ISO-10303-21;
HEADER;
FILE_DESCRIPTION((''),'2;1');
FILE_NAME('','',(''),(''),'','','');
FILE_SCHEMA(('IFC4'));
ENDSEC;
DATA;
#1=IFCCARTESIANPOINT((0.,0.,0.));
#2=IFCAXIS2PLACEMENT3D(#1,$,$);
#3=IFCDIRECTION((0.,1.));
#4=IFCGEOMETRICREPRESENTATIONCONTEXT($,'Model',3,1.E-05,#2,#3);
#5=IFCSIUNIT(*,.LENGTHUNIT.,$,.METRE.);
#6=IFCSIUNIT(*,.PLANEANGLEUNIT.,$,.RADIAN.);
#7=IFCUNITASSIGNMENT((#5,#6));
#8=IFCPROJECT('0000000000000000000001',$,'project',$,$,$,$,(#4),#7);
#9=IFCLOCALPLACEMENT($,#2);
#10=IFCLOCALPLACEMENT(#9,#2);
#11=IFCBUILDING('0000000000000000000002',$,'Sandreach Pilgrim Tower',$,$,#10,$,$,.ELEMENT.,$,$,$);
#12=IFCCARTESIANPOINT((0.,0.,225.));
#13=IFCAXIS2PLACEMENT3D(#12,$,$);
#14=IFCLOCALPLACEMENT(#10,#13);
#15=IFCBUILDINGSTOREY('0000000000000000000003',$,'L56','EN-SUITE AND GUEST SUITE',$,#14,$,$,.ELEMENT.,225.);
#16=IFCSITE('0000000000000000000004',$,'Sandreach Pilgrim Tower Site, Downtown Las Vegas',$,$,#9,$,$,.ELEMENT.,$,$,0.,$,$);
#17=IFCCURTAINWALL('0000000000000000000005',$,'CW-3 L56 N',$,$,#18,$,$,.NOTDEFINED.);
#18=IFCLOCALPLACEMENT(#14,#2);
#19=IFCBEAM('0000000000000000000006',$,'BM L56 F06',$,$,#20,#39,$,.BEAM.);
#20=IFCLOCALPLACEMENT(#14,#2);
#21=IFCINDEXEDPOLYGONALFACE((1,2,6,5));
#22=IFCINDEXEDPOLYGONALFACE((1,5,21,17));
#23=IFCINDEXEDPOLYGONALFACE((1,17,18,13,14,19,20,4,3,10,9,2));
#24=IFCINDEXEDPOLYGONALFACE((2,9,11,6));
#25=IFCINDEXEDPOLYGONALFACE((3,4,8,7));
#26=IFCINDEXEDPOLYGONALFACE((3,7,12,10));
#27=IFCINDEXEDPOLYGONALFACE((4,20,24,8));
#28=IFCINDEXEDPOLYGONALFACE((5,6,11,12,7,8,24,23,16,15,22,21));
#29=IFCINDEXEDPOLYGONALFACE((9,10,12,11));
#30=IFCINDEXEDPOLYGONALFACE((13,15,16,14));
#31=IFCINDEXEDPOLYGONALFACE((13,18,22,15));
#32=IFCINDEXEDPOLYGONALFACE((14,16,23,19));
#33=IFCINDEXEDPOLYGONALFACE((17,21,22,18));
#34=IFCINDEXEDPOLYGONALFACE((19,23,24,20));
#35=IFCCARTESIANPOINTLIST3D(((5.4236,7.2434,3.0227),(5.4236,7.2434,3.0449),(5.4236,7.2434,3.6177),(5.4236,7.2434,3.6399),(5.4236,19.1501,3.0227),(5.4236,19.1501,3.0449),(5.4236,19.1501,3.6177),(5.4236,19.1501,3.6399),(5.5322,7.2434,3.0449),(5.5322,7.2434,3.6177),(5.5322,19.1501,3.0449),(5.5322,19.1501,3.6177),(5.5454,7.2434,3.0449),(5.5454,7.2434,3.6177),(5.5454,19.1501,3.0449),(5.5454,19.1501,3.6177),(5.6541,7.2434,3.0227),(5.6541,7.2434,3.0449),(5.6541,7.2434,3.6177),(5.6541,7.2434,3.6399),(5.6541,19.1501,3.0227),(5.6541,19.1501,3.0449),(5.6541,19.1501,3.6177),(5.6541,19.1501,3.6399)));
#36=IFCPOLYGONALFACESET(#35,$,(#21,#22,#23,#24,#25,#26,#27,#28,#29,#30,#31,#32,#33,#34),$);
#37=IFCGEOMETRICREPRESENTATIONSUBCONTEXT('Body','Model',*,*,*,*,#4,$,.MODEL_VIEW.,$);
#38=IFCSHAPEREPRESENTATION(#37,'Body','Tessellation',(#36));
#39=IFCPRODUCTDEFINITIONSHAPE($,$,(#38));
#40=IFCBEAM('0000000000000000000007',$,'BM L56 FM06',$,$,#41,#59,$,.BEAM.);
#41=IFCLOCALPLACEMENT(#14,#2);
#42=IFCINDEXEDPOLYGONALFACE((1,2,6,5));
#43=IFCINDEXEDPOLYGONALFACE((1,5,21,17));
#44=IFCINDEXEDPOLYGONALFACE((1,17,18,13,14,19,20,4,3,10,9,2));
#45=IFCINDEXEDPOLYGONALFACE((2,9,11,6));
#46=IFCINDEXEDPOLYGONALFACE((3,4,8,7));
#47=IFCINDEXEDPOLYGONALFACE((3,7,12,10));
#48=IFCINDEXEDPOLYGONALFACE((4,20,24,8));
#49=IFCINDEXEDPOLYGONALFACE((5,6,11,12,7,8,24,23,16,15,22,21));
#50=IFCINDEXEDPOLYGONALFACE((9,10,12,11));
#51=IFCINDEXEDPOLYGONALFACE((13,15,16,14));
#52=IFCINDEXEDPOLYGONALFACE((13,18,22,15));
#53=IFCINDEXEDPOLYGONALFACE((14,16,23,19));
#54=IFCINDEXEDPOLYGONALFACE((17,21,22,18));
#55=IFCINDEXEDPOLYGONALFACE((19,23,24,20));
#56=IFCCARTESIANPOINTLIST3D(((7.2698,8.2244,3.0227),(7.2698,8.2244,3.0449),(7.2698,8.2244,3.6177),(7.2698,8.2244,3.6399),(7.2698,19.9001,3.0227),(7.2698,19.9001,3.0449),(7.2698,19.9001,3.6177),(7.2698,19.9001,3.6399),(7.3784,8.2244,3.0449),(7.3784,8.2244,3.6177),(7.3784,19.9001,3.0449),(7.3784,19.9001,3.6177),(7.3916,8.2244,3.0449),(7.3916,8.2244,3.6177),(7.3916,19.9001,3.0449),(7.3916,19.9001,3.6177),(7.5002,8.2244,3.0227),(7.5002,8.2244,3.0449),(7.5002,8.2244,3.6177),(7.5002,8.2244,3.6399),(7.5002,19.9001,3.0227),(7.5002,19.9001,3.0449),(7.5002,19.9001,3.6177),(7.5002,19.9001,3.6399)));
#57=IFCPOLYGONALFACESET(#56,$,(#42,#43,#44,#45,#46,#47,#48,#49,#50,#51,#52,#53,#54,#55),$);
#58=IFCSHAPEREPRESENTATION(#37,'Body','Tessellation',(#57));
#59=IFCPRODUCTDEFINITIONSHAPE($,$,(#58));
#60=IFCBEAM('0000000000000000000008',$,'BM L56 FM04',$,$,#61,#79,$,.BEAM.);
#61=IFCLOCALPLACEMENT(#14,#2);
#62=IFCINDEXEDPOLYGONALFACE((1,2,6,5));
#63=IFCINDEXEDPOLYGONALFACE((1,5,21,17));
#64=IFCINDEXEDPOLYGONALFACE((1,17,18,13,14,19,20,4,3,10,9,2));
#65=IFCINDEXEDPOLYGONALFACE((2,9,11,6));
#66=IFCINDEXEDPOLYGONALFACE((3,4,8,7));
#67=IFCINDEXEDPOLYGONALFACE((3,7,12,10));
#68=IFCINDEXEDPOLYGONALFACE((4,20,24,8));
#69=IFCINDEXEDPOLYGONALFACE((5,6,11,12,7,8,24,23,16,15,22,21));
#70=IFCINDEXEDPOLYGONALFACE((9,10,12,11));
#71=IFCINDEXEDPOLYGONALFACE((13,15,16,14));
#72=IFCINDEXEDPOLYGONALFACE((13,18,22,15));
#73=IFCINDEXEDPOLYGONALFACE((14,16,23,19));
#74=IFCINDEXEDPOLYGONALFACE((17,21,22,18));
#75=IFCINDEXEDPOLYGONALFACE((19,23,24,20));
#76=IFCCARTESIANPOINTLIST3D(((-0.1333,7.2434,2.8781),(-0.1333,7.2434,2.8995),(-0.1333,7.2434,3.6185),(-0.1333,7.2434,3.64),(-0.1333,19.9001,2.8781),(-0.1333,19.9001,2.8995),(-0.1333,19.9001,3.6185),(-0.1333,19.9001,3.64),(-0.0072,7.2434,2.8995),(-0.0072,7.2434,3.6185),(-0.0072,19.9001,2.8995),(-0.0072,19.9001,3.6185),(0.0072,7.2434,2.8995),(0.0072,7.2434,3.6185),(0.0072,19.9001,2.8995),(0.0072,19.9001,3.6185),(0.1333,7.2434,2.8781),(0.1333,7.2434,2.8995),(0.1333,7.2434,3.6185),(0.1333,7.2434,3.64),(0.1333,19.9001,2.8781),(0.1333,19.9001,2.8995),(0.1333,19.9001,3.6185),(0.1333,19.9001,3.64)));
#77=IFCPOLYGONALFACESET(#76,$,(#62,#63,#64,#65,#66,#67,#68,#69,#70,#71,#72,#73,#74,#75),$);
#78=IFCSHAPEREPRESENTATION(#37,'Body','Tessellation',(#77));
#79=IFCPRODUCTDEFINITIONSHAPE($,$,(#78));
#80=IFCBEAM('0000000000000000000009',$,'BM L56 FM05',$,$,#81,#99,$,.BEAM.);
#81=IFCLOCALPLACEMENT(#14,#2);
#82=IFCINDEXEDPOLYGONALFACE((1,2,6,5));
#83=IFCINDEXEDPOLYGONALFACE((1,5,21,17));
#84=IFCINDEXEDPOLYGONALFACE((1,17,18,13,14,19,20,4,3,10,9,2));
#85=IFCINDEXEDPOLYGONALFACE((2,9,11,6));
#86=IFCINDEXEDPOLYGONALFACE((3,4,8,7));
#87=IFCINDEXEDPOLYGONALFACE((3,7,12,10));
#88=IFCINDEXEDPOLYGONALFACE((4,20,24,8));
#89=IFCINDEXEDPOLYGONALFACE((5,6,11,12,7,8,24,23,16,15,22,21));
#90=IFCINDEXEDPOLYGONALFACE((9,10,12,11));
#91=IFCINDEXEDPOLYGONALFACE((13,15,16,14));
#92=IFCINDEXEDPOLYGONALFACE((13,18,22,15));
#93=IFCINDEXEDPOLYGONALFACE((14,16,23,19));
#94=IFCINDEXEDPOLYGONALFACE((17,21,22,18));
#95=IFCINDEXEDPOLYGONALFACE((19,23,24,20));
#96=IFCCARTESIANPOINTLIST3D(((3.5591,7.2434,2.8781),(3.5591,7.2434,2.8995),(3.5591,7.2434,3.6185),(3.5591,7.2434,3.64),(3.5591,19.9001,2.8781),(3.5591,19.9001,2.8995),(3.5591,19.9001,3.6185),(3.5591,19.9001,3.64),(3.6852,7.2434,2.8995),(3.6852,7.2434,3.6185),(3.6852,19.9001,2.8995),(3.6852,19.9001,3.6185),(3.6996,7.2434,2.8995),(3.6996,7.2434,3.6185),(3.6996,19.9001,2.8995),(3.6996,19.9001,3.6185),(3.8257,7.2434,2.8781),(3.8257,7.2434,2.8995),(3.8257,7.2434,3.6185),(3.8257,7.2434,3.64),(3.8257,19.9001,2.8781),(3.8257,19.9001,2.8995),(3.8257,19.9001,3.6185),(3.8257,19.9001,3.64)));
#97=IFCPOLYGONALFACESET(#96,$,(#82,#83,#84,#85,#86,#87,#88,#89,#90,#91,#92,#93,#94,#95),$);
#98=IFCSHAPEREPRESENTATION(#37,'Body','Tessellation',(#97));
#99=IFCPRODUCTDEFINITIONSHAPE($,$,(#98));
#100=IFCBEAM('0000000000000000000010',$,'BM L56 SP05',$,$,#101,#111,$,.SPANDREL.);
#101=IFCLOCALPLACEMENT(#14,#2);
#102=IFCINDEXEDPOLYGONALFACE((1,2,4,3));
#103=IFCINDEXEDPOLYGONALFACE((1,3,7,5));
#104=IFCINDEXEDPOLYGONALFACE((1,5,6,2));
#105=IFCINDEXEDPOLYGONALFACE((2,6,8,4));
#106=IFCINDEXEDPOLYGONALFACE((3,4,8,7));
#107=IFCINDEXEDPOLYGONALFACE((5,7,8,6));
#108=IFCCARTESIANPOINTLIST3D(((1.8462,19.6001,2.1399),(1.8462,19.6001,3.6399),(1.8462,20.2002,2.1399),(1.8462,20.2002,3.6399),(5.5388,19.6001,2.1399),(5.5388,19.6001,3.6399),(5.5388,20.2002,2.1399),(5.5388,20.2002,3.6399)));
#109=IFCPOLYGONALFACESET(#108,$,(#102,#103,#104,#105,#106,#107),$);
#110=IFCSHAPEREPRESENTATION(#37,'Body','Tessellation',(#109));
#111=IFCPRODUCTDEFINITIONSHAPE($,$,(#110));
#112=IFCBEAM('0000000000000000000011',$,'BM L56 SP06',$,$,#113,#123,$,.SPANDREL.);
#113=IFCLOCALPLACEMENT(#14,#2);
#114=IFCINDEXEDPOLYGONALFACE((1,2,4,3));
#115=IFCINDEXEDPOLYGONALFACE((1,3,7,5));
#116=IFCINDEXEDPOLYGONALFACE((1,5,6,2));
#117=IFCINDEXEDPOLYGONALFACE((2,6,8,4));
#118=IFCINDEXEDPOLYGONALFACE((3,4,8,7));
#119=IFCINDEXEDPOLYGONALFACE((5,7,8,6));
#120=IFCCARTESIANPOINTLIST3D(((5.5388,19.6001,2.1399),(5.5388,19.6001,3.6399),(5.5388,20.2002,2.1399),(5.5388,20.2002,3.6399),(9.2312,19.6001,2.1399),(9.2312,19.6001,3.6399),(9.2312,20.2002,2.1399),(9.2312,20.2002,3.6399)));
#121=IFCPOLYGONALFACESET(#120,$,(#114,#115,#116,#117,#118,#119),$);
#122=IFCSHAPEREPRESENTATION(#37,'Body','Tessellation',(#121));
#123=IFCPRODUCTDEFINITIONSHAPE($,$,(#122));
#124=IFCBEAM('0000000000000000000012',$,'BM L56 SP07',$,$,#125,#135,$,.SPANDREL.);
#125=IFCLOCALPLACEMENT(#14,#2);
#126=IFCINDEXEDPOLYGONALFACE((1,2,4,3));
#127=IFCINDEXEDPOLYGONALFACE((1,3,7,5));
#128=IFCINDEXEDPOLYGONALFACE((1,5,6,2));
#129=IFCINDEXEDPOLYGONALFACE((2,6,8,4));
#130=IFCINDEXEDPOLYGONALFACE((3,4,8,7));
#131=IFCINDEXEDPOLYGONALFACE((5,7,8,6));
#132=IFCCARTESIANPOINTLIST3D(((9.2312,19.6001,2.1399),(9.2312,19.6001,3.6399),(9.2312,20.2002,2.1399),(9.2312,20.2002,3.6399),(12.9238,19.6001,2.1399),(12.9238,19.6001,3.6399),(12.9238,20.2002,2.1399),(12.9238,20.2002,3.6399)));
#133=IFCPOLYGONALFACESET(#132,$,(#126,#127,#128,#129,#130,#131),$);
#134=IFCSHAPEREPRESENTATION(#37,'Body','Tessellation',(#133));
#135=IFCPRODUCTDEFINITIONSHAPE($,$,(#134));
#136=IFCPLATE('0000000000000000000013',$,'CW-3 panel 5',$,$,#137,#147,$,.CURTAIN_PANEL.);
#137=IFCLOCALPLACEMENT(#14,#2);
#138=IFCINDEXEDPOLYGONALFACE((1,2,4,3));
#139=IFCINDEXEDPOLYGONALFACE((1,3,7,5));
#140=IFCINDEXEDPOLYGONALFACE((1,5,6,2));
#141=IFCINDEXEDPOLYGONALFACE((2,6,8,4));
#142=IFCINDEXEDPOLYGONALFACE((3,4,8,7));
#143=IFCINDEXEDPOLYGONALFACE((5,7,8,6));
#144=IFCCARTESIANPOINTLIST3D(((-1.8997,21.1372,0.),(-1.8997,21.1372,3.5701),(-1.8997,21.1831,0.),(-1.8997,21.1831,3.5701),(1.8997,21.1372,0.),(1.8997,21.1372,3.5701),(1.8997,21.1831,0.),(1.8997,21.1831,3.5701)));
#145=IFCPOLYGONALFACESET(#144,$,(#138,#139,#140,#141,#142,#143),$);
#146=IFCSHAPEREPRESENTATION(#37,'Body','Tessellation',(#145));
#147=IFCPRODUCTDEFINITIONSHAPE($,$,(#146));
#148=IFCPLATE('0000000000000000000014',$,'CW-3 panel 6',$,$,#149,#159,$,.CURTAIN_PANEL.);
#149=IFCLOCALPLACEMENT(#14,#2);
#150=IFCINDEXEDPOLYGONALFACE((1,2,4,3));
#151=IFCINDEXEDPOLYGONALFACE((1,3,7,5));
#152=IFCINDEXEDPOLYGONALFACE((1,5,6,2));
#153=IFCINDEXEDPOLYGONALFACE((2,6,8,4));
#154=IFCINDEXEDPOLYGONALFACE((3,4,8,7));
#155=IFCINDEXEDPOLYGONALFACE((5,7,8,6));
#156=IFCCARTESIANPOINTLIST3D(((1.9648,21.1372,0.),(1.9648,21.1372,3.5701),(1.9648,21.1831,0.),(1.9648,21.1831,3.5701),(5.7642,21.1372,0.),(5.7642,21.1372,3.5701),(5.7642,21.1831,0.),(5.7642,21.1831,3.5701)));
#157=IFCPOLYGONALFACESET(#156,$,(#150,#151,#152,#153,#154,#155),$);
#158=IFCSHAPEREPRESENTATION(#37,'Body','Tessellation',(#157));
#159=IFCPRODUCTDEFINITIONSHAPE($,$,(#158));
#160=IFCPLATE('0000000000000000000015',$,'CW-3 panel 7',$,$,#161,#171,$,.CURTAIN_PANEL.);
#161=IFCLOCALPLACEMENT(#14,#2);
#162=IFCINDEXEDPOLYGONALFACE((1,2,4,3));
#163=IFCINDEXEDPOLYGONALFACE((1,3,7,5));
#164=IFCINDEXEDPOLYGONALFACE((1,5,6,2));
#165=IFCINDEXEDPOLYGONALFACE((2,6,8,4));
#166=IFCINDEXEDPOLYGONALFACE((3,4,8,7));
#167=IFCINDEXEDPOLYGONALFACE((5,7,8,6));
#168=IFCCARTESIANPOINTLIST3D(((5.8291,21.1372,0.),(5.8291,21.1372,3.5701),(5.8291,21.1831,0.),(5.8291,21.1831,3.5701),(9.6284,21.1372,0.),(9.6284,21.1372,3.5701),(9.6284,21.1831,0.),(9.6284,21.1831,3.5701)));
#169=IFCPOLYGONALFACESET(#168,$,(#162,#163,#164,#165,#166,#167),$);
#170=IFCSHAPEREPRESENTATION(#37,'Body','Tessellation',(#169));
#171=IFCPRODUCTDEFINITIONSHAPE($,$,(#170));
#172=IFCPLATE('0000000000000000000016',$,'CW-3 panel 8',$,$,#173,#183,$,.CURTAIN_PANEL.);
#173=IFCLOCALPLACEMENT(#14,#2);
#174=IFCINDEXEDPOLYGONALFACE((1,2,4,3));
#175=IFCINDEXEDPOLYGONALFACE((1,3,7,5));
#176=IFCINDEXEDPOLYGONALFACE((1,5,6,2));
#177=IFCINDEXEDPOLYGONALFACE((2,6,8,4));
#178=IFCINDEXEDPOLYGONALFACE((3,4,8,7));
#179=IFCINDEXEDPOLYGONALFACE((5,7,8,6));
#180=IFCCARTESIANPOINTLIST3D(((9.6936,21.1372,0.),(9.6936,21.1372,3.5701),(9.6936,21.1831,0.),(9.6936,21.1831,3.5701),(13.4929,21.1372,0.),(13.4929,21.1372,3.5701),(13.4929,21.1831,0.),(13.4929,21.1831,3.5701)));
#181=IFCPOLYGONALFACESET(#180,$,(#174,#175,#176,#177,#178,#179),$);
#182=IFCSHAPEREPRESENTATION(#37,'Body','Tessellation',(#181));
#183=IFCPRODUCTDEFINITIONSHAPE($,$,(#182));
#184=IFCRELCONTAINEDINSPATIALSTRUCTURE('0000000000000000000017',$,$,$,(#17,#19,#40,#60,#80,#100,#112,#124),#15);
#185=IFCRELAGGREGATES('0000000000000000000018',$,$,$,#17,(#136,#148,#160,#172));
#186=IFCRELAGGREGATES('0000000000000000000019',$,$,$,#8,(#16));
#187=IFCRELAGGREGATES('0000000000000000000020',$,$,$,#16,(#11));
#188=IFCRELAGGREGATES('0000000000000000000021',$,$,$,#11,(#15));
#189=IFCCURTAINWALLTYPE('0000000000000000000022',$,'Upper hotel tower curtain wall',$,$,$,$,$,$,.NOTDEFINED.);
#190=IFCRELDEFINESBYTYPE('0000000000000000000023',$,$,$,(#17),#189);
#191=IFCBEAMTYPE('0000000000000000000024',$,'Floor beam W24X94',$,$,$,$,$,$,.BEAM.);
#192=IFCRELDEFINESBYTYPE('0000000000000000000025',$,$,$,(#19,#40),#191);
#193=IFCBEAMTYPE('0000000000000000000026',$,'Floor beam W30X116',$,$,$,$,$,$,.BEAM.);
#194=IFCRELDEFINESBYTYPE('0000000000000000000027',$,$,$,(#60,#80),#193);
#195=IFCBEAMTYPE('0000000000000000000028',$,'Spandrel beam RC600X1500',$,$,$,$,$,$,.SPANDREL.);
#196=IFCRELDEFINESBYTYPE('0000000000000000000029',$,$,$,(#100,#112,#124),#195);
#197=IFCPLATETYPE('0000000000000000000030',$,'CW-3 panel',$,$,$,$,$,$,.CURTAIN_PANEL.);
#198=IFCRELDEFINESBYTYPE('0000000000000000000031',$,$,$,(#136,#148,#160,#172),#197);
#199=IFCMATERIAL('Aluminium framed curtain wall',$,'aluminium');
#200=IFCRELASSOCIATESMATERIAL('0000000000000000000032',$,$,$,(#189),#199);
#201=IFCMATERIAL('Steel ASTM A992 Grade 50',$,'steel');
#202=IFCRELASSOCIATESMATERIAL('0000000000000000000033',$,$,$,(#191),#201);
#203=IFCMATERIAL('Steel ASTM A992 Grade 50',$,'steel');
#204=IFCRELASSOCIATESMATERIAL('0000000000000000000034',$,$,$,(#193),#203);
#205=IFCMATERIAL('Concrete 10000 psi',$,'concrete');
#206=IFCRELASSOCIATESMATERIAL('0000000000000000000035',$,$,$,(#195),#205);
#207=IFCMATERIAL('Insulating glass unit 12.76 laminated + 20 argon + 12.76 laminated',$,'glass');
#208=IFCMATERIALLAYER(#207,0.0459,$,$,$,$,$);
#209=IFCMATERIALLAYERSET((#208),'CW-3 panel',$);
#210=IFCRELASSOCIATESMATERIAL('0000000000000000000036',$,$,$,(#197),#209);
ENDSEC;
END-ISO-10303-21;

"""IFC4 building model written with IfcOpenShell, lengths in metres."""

from ifc_helpers import new_model, si_unit, direction, frame, origin, origin_2d, place, context, subcontext, project, spatial, rectangle, i_section, extrude, material, layer, layer_set, material_profile, profile_set, type_object, element, aggregate, save


model = new_model("IFC4")

# Units and contexts
model_context = context("Model", 3, precision=1e-05, world=origin(), true_north=direction((0.0, 1.0)))
body_context = subcontext(model_context, "Body", "Model", "MODEL_VIEW")
ifc_project = project(units=[si_unit("LENGTHUNIT", "METRE"), si_unit("PLANEANGLEUNIT", "RADIAN")], contexts=[model_context])

# Site, building, storey
site_placement = place(None, origin())
site = spatial("IfcSite", under=ifc_project, at=site_placement, Name="Sandreach Pilgrim Tower Site, Downtown Las Vegas", CompositionType="ELEMENT", RefElevation=0.0)
building_placement = place(site_placement, origin())
building = spatial("IfcBuilding", under=site, at=building_placement, Name="Sandreach Pilgrim Tower", CompositionType="ELEMENT")
storey_placement = place(building_placement, frame((0.0, 0.0, 225.0)))
storey = spatial("IfcBuildingStorey", under=building, at=storey_placement, Name="L56", Description="EN-SUITE AND GUEST SUITE", CompositionType="ELEMENT", Elevation=225.0)

# Curtain wall
ifc_material_1 = material(Name="Aluminium framed curtain wall", Category="aluminium")
curtain_wall_type = type_object("IfcCurtainWallType", Name="Upper hotel tower curtain wall", PredefinedType="NOTDEFINED", material=ifc_material_1)
curtain_wall_placement = place(storey_placement, origin())
curtain_wall = element("IfcCurtainWall", 1, at=curtain_wall_placement, inside=storey, type_object=curtain_wall_type, Name="CW-3 L56 N", PredefinedType="NOTDEFINED")

# Beams
ifc_material_2 = material(Name="Steel ASTM A992 Grade 50", Category="steel")
ifc_material_profile_1 = material_profile(ifc_material_2, i_section(OverallWidth=0.2305, OverallDepth=0.6172, WebThickness=0.0132, FlangeThickness=0.0222, at=origin_2d()), Name="W24X94")
ifc_profile_set_1 = profile_set([ifc_material_profile_1], Name="Steel ASTM A992 Grade 50")
beam_type_1 = type_object("IfcBeamType", Name="Floor beam W24X94", PredefinedType="BEAM", material=ifc_profile_set_1)
for number, where, z_axis, x_axis, name in (
    (2, (5.5388, 19.1501, 3.3313), (0.0, -1.0, 0.0), (1.0, 0.0, 0.0), "BM L56 F06"),
):
    element("IfcBeam", number, at=place(storey_placement, frame(where, z_axis=z_axis, x_axis=x_axis)), inside=storey, type_object=beam_type_1, Name=name, PredefinedType="BEAM", context=body_context, shape_type="SweptSolid", body=[
        extrude(i_section(OverallWidth=0.2305, OverallDepth=0.6172, WebThickness=0.0132, FlangeThickness=0.0222, at=origin_2d()), origin(), (0.0, 0.0, 1.0), 11.9067),
    ])
beam_1_placement = place(storey_placement, frame((7.385, 19.9001, 3.3313), z_axis=(0.0, -1.0, 0.0), x_axis=(1.0, 0.0, 0.0)))
element("IfcBeam", 3, at=beam_1_placement, inside=storey, type_object=beam_type_1, Name="BM L56 FM06", PredefinedType="BEAM", context=body_context, shape_type="SweptSolid", body=[
    extrude(i_section(OverallWidth=0.2305, OverallDepth=0.6172, WebThickness=0.0132, FlangeThickness=0.0222, at=origin_2d()), origin(), (0.0, 0.0, 1.0), 11.6758),
])
ifc_material_3 = material(Name="Steel ASTM A992 Grade 50", Category="steel")
ifc_material_profile_2 = material_profile(ifc_material_3, i_section(OverallWidth=0.2666, OverallDepth=0.762, WebThickness=0.0144, FlangeThickness=0.0215, at=origin_2d()), Name="W30X116")
ifc_profile_set_2 = profile_set([ifc_material_profile_2], Name="Steel ASTM A992 Grade 50")
beam_type_2 = type_object("IfcBeamType", Name="Floor beam W30X116", PredefinedType="BEAM", material=ifc_profile_set_2)
for number, where, z_axis, x_axis, name in (
    (4, (0.0, 19.9001, 3.259), (0.0, -1.0, 0.0), (1.0, 0.0, 0.0), "BM L56 FM04"),
    (5, (3.6924, 19.9001, 3.259), (0.0, -1.0, 0.0), (1.0, 0.0, 0.0), "BM L56 FM05"),
):
    element("IfcBeam", number, at=place(storey_placement, frame(where, z_axis=z_axis, x_axis=x_axis)), inside=storey, type_object=beam_type_2, Name=name, PredefinedType="BEAM", context=body_context, shape_type="SweptSolid", body=[
        extrude(i_section(OverallWidth=0.2666, OverallDepth=0.762, WebThickness=0.0144, FlangeThickness=0.0215, at=origin_2d()), origin(), (0.0, 0.0, 1.0), 12.6567),
    ])
ifc_material_4 = material(Name="Concrete 10000 psi", Category="concrete")
ifc_material_profile_3 = material_profile(ifc_material_4, rectangle(XDim=0.6001, YDim=1.5, at=origin_2d()), Name="RC600X1500")
ifc_profile_set_3 = profile_set([ifc_material_profile_3], Name="Concrete 10000 psi")
beam_type_3 = type_object("IfcBeamType", Name="Spandrel beam RC600X1500", PredefinedType="SPANDREL", material=ifc_profile_set_3)
beam_2_placement = place(storey_placement, frame((1.8462, 19.9001, 2.8899), z_axis=(1.0, 0.0, 0.0), x_axis=(0.0, 1.0, 0.0)))
element("IfcBeam", 6, at=beam_2_placement, inside=storey, type_object=beam_type_3, Name="BM L56 SP05", PredefinedType="SPANDREL", context=body_context, shape_type="SweptSolid", body=[
    extrude(rectangle(XDim=0.6001, YDim=1.5, at=origin_2d()), origin(), (0.0, 0.0, 1.0), 3.6926),
])
beam_3_placement = place(storey_placement, frame((5.5388, 19.9001, 2.8899), z_axis=(1.0, 0.0, 0.0), x_axis=(0.0, 1.0, 0.0)))
element("IfcBeam", 7, at=beam_3_placement, inside=storey, type_object=beam_type_3, Name="BM L56 SP06", PredefinedType="SPANDREL", context=body_context, shape_type="SweptSolid", body=[
    extrude(rectangle(XDim=0.6001, YDim=1.5, at=origin_2d()), origin(), (0.0, 0.0, 1.0), 3.6924),
])
beam_4_placement = place(storey_placement, frame((9.2312, 19.9001, 2.8899), z_axis=(1.0, 0.0, 0.0), x_axis=(0.0, 1.0, 0.0)))
element("IfcBeam", 8, at=beam_4_placement, inside=storey, type_object=beam_type_3, Name="BM L56 SP07", PredefinedType="SPANDREL", context=body_context, shape_type="SweptSolid", body=[
    extrude(rectangle(XDim=0.6001, YDim=1.5, at=origin_2d()), origin(), (0.0, 0.0, 1.0), 3.6926),
])

# Plates
ifc_material_5 = material(Name="Insulating glass unit 12.76 laminated + 20 argon + 12.76 laminated", Category="glass")
ifc_layer_1 = layer(ifc_material_5, 0.0459)
ifc_layer_set_1 = layer_set([ifc_layer_1], Name="CW-3 panel")
plate_type = type_object("IfcPlateType", Name="CW-3 panel", PredefinedType="CURTAIN_PANEL", material=ifc_layer_set_1)
plate_1_placement = place(storey_placement, frame((0.0, 21.1602, 0.0), z_axis=(0.0, 0.0, 1.0), x_axis=(1.0, 0.0, 0.0)))
plate_1 = element("IfcPlate", 9, at=plate_1_placement, type_object=plate_type, Name="CW-3 panel 5", PredefinedType="CURTAIN_PANEL", context=body_context, shape_type="SweptSolid", body=[
    extrude(rectangle(XDim=3.7993, YDim=0.0459, at=origin_2d()), origin(), (0.0, 0.0, 1.0), 3.5701),
])
plate_2_placement = place(storey_placement, frame((3.8645, 21.1602, 0.0), z_axis=(0.0, 0.0, 1.0), x_axis=(1.0, 0.0, 0.0)))
plate_2 = element("IfcPlate", 10, at=plate_2_placement, type_object=plate_type, Name="CW-3 panel 6", PredefinedType="CURTAIN_PANEL", context=body_context, shape_type="SweptSolid", body=[
    extrude(rectangle(XDim=3.7993, YDim=0.0459, at=origin_2d()), origin(), (0.0, 0.0, 1.0), 3.5701),
])
plate_3_placement = place(storey_placement, frame((7.7288, 21.1602, 0.0), z_axis=(0.0, 0.0, 1.0), x_axis=(1.0, 0.0, 0.0)))
plate_3 = element("IfcPlate", 11, at=plate_3_placement, type_object=plate_type, Name="CW-3 panel 7", PredefinedType="CURTAIN_PANEL", context=body_context, shape_type="SweptSolid", body=[
    extrude(rectangle(XDim=3.7993, YDim=0.0459, at=origin_2d()), origin(), (0.0, 0.0, 1.0), 3.5701),
])
plate_4_placement = place(storey_placement, frame((11.5933, 21.1602, 0.0), z_axis=(0.0, 0.0, 1.0), x_axis=(1.0, 0.0, 0.0)))
plate_4 = element("IfcPlate", 12, at=plate_4_placement, type_object=plate_type, Name="CW-3 panel 8", PredefinedType="CURTAIN_PANEL", context=body_context, shape_type="SweptSolid", body=[
    extrude(rectangle(XDim=3.7993, YDim=0.0459, at=origin_2d()), origin(), (0.0, 0.0, 1.0), 3.5701),
])
aggregate(curtain_wall, [plate_1, plate_2, plate_3, plate_4])

save(model, "model.ifc")
